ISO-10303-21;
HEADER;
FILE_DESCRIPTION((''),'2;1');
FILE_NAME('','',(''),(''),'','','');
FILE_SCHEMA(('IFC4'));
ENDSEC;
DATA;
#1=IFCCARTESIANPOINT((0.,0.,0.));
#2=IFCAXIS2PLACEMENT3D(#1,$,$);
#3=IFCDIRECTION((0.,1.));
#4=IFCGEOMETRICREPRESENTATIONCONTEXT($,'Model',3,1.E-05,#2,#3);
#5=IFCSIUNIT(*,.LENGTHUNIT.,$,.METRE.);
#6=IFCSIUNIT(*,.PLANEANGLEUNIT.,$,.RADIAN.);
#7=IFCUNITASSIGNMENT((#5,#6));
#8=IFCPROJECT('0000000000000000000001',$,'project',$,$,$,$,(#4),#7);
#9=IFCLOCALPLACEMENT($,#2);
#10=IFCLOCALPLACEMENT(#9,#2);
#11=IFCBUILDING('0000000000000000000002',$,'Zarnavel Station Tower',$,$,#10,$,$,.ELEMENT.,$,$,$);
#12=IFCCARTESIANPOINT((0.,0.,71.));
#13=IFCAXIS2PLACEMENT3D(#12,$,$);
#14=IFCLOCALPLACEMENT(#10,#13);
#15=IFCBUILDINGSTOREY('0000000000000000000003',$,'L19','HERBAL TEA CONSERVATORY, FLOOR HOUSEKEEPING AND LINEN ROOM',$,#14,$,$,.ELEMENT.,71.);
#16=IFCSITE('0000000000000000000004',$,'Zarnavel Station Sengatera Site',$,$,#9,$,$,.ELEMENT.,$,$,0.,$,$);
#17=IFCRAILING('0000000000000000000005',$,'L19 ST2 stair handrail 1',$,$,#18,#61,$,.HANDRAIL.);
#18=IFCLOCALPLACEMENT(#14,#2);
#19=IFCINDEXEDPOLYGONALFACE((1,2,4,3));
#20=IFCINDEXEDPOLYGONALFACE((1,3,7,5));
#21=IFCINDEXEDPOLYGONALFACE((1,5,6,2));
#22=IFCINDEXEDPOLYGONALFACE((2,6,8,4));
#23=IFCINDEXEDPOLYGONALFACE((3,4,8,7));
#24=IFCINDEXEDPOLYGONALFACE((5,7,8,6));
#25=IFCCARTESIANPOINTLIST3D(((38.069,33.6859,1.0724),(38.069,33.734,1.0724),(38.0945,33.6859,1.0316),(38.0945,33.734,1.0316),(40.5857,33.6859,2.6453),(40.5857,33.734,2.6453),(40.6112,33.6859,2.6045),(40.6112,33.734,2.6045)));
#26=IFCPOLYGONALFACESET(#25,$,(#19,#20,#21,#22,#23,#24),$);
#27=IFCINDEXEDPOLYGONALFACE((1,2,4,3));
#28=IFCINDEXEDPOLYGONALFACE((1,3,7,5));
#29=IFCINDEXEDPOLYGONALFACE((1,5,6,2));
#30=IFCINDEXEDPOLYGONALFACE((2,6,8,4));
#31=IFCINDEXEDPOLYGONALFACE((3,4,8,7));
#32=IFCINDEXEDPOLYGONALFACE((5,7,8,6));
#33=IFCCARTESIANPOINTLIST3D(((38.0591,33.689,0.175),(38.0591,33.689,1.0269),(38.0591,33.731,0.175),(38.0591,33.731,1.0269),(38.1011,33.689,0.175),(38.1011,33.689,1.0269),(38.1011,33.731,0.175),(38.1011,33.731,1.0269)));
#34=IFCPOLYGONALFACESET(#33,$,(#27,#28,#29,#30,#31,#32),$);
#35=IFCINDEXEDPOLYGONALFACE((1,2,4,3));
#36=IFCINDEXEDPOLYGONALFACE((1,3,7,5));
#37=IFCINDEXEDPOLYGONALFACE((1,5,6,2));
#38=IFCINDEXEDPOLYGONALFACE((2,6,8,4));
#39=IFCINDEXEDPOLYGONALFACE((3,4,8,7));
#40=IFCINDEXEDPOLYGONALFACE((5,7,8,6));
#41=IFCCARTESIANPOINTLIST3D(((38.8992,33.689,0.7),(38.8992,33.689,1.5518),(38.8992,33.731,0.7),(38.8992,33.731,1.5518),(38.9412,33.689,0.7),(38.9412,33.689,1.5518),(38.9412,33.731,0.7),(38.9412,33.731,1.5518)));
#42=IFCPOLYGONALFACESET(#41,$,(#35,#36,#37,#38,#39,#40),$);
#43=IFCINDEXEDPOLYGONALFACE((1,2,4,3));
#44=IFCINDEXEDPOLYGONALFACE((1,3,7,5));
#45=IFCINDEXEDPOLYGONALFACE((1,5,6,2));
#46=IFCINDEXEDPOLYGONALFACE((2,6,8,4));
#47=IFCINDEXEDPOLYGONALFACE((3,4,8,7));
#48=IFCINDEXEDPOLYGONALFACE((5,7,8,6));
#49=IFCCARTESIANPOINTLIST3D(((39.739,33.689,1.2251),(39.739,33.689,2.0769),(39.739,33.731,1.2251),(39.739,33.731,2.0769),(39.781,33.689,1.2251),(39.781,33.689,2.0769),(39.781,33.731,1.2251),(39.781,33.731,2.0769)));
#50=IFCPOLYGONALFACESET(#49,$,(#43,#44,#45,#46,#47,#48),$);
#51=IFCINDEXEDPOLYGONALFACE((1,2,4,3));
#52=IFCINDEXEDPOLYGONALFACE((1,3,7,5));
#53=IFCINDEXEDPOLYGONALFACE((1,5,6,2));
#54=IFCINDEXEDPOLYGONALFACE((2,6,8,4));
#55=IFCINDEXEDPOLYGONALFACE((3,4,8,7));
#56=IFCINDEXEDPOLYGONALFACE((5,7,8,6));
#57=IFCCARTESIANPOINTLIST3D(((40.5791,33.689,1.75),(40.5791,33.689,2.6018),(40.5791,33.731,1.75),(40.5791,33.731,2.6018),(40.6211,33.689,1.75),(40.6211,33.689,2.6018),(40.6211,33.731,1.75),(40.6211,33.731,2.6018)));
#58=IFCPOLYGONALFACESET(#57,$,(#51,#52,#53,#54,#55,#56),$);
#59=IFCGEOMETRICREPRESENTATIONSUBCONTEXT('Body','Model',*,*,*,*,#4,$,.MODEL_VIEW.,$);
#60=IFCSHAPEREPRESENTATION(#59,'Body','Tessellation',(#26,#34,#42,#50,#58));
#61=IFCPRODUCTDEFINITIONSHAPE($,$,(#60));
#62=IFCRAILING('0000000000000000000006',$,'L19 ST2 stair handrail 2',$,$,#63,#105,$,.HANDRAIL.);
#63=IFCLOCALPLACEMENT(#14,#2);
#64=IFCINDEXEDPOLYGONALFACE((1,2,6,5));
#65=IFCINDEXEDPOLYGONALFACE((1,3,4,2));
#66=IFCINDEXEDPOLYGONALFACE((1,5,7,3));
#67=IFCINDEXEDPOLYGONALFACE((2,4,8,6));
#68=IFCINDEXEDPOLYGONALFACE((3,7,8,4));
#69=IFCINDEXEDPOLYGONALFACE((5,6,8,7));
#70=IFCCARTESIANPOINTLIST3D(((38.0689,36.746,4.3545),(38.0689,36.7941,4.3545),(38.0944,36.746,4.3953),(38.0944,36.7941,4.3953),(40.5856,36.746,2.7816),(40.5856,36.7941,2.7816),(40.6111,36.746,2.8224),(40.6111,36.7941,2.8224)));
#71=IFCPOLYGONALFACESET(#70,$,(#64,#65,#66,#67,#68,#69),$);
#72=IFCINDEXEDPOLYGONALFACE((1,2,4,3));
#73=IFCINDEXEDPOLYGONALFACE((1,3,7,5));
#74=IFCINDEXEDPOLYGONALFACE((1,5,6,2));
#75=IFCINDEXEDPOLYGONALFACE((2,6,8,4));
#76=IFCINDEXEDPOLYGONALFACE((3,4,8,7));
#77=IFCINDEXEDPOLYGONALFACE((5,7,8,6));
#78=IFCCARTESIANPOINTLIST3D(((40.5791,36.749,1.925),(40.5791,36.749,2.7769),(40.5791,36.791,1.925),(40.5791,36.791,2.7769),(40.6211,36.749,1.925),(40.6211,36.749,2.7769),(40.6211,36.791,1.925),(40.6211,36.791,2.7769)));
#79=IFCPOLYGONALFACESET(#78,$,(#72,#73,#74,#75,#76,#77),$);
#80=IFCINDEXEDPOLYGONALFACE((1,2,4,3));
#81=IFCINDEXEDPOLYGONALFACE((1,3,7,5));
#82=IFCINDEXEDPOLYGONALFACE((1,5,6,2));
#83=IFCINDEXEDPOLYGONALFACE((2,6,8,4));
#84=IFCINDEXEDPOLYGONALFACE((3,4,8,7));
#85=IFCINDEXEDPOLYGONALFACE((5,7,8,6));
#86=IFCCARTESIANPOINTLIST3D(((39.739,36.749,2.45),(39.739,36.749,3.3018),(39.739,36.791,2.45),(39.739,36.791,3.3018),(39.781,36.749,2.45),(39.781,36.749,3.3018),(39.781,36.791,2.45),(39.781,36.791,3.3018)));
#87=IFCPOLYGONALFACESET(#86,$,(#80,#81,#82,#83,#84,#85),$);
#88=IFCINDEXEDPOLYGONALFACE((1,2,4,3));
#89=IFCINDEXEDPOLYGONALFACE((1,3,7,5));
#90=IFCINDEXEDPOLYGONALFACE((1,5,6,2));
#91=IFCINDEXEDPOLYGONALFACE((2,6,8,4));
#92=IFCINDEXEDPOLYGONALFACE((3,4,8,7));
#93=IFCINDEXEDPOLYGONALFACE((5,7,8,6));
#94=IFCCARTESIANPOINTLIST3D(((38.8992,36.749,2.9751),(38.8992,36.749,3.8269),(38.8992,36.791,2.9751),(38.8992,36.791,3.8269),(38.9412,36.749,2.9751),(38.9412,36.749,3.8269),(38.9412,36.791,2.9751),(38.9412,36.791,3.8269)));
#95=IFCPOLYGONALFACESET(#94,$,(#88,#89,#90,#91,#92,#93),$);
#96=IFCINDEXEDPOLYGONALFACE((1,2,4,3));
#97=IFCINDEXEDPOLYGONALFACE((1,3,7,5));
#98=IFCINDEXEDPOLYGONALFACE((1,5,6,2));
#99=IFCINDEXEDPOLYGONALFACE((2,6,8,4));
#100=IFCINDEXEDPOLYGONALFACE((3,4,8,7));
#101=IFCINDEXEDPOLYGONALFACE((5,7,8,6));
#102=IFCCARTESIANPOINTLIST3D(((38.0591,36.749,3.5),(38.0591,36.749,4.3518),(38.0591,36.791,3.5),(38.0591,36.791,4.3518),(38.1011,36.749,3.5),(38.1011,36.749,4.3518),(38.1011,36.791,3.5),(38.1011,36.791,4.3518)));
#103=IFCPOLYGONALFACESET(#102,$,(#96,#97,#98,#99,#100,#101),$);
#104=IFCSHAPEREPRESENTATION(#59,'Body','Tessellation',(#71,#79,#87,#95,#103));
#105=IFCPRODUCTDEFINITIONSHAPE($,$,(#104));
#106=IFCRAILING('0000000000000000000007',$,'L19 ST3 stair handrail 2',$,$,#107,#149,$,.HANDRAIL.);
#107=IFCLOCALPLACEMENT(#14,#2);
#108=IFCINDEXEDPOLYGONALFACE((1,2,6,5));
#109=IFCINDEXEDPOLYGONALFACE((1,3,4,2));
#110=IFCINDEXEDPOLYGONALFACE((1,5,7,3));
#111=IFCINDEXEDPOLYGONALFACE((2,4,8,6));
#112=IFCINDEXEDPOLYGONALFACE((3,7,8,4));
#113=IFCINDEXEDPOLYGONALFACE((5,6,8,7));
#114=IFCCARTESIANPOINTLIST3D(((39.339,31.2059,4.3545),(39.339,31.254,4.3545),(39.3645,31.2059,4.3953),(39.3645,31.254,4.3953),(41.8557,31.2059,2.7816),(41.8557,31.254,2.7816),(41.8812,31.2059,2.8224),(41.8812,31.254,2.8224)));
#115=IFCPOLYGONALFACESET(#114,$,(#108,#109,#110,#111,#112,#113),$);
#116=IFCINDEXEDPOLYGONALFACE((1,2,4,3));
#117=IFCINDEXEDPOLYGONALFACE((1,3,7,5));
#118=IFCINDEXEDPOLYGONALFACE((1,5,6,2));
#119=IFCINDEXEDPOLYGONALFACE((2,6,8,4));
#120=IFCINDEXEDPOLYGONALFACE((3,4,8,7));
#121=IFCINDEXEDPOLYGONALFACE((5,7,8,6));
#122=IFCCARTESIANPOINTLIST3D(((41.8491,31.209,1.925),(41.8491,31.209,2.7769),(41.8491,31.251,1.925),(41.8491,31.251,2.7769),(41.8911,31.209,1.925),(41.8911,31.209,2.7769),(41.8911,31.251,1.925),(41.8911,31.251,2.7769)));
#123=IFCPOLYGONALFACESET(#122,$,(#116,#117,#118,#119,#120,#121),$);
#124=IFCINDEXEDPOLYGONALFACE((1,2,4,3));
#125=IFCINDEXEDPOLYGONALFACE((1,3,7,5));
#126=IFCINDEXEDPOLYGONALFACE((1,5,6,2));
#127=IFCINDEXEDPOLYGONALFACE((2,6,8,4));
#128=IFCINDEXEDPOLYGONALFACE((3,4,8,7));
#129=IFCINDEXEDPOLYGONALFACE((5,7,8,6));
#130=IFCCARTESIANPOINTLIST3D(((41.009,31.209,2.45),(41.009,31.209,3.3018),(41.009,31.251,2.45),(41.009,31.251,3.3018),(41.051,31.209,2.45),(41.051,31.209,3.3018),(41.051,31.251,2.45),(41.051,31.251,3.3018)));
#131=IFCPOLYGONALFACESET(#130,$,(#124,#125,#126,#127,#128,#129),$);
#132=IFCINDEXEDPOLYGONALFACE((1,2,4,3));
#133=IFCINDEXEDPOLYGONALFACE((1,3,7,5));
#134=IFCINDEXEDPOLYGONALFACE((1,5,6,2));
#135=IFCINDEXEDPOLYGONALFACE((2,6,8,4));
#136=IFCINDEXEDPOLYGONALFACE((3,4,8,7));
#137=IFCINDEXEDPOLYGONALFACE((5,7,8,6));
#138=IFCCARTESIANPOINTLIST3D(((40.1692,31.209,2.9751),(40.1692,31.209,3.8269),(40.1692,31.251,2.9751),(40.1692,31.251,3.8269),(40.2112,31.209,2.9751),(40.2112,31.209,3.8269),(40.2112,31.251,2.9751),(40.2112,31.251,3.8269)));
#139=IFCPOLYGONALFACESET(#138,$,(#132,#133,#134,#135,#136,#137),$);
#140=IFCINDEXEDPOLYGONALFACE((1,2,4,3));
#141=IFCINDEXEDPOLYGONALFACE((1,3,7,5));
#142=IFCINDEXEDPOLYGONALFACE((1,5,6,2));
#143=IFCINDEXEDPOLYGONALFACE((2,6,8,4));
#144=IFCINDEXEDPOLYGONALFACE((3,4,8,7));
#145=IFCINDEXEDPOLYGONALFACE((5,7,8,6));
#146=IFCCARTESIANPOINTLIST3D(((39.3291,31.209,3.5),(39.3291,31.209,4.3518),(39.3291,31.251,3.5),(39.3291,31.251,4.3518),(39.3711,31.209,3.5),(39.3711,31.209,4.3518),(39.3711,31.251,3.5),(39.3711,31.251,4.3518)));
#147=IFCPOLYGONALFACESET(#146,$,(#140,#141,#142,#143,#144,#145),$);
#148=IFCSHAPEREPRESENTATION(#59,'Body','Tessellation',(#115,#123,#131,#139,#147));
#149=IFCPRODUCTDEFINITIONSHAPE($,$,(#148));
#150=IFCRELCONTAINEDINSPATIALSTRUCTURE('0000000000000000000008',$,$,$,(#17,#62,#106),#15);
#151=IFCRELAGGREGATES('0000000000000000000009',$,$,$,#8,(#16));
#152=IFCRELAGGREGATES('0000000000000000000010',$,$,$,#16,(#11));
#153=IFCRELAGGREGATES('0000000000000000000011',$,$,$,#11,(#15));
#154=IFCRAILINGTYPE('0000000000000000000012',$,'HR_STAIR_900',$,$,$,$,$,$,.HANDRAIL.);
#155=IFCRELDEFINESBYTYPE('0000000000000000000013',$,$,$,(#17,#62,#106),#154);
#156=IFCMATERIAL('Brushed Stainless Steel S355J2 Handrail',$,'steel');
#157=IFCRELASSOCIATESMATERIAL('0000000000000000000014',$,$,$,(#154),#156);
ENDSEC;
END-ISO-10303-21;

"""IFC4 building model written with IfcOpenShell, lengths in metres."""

from ifc_helpers import new_model, si_unit, direction, frame, origin, origin_2d, place, context, subcontext, project, spatial, rectangle, extrude, material, type_object, element, save


model = new_model("IFC4")

# Units and contexts
model_context = context("Model", 3, precision=1e-05, world=origin(), true_north=direction((0.0, 1.0)))
body_context = subcontext(model_context, "Body", "Model", "MODEL_VIEW")
ifc_project = project(units=[si_unit("LENGTHUNIT", "METRE"), si_unit("PLANEANGLEUNIT", "RADIAN")], contexts=[model_context])

# Site, building, storey
site_placement = place(None, origin())
site = spatial("IfcSite", under=ifc_project, at=site_placement, Name="Zarnavel Station Sengatera Site", CompositionType="ELEMENT", RefElevation=0.0)
building_placement = place(site_placement, origin())
building = spatial("IfcBuilding", under=site, at=building_placement, Name="Zarnavel Station Tower", CompositionType="ELEMENT")
storey_placement = place(building_placement, frame((0.0, 0.0, 71.0)))
storey = spatial("IfcBuildingStorey", under=building, at=storey_placement, Name="L19", Description="HERBAL TEA CONSERVATORY, FLOOR HOUSEKEEPING AND LINEN ROOM", CompositionType="ELEMENT", Elevation=71.0)

# Railings
ifc_material_1 = material(Name="Brushed Stainless Steel S355J2 Handrail", Category="steel")
railing_type_1 = type_object("IfcRailingType", Name="HR_STAIR_900", PredefinedType="HANDRAIL", material=ifc_material_1)
railing_1_placement = place(storey_placement, frame((38.0801, 33.71, 0.175)))
element("IfcRailing", 1, at=railing_1_placement, inside=storey, type_object=railing_type_1, Name="L19 ST2 stair handrail 1", PredefinedType="HANDRAIL", context=body_context, shape_type="SweptSolid", body=[
    extrude(rectangle(XDim=0.0481, YDim=0.0481, at=origin_2d()), frame((0.0017, 0.0, 0.877), z_axis=(0.848008, 0.0, 0.529984), x_axis=(0.0, 1.0, 0.0)), (0.0, 0.0, 1.0), 2.9678),
    extrude(rectangle(XDim=0.042, YDim=0.042, at=origin_2d()), origin(), (0.0, 0.0, 1.0), 0.8518),
    extrude(rectangle(XDim=0.042, YDim=0.042, at=origin_2d()), frame((0.8401, 0.0, 0.5249)), (0.0, 0.0, 1.0), 0.8518),
    extrude(rectangle(XDim=0.042, YDim=0.042, at=origin_2d()), frame((1.6799, 0.0, 1.05)), (0.0, 0.0, 1.0), 0.8518),
    extrude(rectangle(XDim=0.042, YDim=0.042, at=origin_2d()), frame((2.52, 0.0, 1.575)), (0.0, 0.0, 1.0), 0.8518),
])
for number, where, name in (
    (2, (40.6001, 36.77, 1.925), "L19 ST2 stair handrail 2"),
    (3, (41.8701, 31.23, 1.925), "L19 ST3 stair handrail 2"),
):
    element("IfcRailing", number, at=place(storey_placement, frame(where)), inside=storey, type_object=railing_type_1, Name=name, PredefinedType="HANDRAIL", context=body_context, shape_type="SweptSolid", body=[
        extrude(rectangle(XDim=0.0481, YDim=0.0481, at=origin_2d()), frame((-0.0017, 0.0, 0.877), z_axis=(-0.848008, 0.0, 0.529984), x_axis=(0.0, -1.0, 0.0)), (0.0, 0.0, 1.0), 2.9678),
        extrude(rectangle(XDim=0.042, YDim=0.042, at=origin_2d()), origin(), (0.0, 0.0, 1.0), 0.8518),
        extrude(rectangle(XDim=0.042, YDim=0.042, at=origin_2d()), frame((-0.8401, 0.0, 0.5249)), (0.0, 0.0, 1.0), 0.8518),
        extrude(rectangle(XDim=0.042, YDim=0.042, at=origin_2d()), frame((-1.6799, 0.0, 1.05)), (0.0, 0.0, 1.0), 0.8518),
        extrude(rectangle(XDim=0.042, YDim=0.042, at=origin_2d()), frame((-2.52, 0.0, 1.575)), (0.0, 0.0, 1.0), 0.8518),
    ])

save(model, "model.ifc")
